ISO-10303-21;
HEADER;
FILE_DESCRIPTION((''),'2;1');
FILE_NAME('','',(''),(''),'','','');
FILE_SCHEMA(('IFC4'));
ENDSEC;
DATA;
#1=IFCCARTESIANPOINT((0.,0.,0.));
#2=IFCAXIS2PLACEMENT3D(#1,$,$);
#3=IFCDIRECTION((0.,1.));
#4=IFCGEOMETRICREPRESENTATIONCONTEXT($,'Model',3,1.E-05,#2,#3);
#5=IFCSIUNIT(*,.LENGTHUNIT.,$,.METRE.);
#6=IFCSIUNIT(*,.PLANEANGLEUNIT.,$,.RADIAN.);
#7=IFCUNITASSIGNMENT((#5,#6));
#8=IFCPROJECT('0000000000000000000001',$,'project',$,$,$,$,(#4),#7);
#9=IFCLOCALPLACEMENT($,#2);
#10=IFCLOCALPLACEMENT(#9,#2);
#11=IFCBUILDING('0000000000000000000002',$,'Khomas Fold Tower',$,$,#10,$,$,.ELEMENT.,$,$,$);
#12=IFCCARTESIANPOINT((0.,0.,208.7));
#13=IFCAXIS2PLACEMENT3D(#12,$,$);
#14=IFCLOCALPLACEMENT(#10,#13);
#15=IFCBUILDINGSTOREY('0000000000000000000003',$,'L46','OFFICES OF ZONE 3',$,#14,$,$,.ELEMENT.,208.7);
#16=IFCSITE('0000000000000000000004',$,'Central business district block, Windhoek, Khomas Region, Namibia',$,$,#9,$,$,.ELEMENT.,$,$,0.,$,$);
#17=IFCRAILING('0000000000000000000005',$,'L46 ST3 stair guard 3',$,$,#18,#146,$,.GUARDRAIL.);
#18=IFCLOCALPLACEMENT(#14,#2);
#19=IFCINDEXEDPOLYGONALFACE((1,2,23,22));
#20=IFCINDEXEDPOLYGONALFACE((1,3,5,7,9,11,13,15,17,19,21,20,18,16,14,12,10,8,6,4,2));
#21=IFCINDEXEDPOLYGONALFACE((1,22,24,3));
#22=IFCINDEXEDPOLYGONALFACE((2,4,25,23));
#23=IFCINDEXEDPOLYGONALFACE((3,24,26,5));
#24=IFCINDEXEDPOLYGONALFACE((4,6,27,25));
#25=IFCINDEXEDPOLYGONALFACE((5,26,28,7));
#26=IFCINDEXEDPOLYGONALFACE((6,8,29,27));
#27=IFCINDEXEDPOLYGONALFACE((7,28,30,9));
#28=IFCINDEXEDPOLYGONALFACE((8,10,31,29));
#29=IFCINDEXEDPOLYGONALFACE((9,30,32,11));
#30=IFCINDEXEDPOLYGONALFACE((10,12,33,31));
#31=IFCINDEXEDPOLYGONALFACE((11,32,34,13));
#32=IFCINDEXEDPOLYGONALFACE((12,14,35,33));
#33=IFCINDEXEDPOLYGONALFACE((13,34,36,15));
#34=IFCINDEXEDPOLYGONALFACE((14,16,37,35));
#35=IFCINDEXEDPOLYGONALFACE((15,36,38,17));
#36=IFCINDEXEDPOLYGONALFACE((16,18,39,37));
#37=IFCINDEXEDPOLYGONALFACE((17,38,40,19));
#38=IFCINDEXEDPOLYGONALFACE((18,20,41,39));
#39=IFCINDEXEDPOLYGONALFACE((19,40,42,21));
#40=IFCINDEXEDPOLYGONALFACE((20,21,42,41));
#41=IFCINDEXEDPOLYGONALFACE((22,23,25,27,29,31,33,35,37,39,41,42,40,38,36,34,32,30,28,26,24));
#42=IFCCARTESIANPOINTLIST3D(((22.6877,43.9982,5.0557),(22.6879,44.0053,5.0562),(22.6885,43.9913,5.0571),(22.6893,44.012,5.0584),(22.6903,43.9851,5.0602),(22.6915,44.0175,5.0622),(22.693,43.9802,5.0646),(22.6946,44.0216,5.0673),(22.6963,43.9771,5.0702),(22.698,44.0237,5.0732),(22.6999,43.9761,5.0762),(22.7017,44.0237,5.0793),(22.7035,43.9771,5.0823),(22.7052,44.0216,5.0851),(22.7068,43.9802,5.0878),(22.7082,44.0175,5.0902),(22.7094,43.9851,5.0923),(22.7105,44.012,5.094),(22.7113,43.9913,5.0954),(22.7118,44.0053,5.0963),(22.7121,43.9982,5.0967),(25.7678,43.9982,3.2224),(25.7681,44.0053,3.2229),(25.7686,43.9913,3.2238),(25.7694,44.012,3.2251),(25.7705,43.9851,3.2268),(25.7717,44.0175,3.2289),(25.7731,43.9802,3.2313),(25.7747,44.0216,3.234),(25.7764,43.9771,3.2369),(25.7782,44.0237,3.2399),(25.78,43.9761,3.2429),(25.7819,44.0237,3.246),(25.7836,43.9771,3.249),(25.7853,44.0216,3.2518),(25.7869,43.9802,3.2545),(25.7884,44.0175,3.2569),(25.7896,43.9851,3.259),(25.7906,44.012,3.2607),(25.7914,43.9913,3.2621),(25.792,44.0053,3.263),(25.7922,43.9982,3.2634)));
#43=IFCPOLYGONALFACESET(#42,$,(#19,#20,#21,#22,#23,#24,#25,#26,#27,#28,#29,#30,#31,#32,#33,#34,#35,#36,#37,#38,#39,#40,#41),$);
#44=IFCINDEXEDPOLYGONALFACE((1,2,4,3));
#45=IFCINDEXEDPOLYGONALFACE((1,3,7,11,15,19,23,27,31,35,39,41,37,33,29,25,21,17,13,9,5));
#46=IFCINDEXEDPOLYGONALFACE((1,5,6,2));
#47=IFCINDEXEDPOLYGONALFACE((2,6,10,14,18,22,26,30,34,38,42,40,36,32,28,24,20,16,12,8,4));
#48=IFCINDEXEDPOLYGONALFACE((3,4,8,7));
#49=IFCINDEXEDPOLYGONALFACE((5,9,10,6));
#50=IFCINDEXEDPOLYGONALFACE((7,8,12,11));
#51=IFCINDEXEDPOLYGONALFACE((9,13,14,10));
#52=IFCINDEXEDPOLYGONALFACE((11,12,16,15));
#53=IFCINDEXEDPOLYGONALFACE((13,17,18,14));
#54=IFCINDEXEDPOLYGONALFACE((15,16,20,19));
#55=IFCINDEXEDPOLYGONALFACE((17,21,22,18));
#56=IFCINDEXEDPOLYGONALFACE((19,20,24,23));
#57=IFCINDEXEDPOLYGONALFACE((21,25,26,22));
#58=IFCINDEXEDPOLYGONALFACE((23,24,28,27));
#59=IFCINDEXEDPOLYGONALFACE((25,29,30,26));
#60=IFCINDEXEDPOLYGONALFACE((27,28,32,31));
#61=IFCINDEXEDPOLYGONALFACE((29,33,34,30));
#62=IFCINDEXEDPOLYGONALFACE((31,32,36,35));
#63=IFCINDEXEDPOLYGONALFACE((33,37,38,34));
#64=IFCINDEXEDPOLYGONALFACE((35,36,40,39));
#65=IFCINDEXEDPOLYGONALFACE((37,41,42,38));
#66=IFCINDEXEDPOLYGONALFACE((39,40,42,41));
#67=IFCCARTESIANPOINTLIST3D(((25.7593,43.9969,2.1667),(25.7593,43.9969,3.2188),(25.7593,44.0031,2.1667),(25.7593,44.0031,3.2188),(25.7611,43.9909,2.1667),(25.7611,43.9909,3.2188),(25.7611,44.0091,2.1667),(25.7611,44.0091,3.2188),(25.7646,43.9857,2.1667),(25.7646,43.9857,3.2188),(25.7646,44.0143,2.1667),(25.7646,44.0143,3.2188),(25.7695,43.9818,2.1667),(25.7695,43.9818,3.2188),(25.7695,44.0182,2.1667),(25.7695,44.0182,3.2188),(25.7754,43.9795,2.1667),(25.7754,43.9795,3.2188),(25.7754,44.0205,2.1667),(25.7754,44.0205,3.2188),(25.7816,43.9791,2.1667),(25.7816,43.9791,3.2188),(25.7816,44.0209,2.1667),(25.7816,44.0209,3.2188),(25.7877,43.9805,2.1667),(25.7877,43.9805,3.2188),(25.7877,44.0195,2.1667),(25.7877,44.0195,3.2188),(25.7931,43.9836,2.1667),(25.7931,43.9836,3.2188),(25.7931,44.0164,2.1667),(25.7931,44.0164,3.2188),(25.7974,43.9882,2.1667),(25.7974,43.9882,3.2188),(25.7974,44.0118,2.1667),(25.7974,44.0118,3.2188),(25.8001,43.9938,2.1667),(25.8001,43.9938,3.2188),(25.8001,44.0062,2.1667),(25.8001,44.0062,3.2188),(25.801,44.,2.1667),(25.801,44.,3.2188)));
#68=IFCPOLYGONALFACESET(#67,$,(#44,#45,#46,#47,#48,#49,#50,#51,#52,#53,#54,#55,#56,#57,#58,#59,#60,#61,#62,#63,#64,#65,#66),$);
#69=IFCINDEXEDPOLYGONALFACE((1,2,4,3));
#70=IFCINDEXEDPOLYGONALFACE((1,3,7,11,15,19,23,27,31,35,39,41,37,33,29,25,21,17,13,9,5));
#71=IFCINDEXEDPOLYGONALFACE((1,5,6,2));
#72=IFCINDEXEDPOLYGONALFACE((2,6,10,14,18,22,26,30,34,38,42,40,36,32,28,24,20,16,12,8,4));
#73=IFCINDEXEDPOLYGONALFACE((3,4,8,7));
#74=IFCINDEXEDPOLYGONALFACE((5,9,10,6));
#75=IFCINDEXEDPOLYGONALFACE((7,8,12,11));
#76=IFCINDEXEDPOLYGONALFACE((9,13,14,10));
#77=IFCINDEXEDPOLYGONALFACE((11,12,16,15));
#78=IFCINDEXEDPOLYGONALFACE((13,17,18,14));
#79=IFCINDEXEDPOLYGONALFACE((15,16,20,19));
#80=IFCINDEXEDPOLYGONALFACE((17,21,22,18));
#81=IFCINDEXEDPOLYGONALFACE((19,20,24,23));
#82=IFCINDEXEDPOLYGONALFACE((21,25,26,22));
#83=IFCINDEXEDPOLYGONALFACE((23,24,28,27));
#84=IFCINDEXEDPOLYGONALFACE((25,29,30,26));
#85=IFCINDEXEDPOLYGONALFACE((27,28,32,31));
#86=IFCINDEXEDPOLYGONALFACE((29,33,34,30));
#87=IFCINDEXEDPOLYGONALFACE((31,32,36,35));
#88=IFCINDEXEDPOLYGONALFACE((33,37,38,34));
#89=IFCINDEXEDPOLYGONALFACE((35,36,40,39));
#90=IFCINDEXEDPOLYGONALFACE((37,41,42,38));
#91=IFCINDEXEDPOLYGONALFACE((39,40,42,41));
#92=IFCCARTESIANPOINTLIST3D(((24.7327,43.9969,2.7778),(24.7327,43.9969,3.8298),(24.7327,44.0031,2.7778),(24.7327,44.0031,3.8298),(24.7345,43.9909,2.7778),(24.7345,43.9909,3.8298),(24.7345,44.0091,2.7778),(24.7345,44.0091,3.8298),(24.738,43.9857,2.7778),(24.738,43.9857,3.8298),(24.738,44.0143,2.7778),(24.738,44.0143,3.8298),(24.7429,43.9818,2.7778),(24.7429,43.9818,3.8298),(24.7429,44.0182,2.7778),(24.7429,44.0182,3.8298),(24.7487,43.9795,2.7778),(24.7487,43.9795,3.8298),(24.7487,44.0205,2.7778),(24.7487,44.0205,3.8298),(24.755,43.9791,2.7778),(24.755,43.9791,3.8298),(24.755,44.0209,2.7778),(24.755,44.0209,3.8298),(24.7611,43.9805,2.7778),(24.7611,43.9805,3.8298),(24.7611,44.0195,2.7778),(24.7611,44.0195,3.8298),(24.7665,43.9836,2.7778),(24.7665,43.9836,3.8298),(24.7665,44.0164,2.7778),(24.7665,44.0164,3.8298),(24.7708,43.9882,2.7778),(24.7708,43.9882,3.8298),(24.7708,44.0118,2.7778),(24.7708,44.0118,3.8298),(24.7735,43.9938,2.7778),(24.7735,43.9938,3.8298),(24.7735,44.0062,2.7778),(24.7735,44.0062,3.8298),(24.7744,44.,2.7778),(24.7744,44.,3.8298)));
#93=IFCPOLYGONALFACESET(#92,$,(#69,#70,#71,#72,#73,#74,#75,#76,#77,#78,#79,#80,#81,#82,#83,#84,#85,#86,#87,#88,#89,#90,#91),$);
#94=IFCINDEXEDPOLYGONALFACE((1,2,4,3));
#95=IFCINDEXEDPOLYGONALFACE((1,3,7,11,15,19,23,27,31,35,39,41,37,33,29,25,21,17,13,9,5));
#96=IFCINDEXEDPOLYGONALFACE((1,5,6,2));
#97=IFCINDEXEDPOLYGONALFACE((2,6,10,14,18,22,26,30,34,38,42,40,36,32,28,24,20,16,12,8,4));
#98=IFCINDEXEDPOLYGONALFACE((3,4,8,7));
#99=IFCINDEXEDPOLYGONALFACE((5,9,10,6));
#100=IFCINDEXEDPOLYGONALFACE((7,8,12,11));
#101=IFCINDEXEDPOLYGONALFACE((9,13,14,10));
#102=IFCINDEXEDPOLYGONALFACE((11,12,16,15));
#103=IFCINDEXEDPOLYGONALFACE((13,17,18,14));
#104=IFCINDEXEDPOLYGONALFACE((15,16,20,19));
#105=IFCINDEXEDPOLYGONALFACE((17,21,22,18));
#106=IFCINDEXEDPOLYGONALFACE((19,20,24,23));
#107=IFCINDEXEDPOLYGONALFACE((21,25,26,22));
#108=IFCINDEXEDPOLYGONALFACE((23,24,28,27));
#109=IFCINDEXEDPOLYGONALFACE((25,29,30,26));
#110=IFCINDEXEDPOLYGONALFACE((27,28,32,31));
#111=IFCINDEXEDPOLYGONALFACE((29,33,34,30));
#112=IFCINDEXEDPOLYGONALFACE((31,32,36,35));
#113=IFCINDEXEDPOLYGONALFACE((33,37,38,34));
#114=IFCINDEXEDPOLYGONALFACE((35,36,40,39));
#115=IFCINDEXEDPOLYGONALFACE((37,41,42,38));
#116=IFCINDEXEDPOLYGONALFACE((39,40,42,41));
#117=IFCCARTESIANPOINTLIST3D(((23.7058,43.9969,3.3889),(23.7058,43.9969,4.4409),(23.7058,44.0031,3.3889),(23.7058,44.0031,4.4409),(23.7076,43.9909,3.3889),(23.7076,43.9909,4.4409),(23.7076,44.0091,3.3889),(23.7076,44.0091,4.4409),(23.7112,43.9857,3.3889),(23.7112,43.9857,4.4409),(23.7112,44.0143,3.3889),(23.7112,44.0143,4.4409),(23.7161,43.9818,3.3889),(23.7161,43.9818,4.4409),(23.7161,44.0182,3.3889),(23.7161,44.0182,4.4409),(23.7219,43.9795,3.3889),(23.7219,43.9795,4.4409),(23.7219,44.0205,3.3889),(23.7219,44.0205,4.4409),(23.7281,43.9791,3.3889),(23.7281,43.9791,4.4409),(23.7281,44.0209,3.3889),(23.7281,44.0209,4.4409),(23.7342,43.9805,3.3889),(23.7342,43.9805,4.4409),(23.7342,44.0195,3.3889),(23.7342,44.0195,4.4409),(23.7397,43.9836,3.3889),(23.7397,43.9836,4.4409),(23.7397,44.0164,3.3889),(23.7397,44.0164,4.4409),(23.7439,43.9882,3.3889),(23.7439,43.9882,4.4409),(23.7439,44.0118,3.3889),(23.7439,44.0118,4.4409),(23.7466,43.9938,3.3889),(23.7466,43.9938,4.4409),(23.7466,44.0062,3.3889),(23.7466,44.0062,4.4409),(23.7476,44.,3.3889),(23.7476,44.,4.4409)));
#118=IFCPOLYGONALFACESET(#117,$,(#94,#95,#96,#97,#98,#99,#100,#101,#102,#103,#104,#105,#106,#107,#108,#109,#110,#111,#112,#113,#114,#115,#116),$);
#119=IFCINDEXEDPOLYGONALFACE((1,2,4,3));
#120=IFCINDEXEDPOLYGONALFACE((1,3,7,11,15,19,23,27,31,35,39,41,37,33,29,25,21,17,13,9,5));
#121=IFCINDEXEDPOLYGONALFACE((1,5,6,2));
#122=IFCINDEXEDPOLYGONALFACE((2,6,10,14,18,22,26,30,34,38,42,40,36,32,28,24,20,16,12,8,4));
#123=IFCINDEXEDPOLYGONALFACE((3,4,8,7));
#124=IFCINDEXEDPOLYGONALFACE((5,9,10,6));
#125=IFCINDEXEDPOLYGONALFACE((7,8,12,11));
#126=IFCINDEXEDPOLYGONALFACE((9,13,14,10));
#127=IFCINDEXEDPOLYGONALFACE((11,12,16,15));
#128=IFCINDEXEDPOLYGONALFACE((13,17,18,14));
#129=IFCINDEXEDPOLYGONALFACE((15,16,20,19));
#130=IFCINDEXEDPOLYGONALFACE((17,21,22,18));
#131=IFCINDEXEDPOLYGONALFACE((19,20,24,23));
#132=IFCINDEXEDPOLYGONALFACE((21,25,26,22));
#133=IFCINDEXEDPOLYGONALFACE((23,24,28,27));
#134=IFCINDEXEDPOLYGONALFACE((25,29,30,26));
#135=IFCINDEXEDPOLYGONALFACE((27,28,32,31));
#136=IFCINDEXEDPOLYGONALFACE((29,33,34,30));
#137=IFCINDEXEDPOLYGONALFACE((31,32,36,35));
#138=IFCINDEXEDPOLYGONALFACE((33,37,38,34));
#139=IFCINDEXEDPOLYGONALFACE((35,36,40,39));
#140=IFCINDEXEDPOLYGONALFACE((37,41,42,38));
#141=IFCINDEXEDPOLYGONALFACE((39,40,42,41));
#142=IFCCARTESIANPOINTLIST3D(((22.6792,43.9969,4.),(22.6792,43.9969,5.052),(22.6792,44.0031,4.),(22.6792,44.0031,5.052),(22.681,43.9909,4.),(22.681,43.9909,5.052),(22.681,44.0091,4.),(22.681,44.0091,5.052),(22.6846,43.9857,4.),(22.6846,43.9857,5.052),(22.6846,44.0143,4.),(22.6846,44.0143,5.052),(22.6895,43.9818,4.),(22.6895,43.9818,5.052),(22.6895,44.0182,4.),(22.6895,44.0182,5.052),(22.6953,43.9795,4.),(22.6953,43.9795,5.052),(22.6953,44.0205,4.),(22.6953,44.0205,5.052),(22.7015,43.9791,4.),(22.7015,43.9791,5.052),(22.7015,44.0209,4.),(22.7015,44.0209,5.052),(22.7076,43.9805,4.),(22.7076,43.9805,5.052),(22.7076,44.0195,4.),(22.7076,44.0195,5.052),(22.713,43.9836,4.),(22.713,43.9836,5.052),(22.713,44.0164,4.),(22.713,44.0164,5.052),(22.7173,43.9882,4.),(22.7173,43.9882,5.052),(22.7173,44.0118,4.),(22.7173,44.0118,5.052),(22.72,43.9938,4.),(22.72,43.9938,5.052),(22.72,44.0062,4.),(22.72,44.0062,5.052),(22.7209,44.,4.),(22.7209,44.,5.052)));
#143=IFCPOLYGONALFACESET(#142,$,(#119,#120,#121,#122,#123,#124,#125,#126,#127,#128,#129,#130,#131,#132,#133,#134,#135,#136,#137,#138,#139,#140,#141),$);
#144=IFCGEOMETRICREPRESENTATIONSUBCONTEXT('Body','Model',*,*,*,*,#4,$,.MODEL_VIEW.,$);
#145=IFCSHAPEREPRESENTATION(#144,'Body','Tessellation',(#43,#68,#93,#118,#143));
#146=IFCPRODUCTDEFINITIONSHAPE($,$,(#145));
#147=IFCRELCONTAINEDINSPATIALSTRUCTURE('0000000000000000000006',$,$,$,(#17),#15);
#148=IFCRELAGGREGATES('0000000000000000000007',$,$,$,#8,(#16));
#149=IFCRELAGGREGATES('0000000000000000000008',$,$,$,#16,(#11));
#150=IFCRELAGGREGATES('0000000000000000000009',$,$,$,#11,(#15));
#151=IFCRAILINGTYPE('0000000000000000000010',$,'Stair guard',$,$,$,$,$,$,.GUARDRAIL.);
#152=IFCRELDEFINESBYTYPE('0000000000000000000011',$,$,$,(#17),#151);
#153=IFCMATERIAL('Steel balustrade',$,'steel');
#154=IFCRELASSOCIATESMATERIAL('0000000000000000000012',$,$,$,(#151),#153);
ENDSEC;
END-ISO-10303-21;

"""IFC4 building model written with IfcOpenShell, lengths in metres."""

from ifc_helpers import new_model, si_unit, direction, frame, origin, origin_2d, place, context, subcontext, project, spatial, circle, extrude, source, transform, mapped, material, type_object, element, save


model = new_model("IFC4")

# Units and contexts
model_context = context("Model", 3, precision=1e-05, world=origin(), true_north=direction((0.0, 1.0)))
body_context = subcontext(model_context, "Body", "Model", "MODEL_VIEW")
ifc_project = project(units=[si_unit("LENGTHUNIT", "METRE"), si_unit("PLANEANGLEUNIT", "RADIAN")], contexts=[model_context])

# Site, building, storey
site_placement = place(None, origin())
site = spatial("IfcSite", under=ifc_project, at=site_placement, Name="Central business district block, Windhoek, Khomas Region, Namibia", CompositionType="ELEMENT", RefElevation=0.0)
building_placement = place(site_placement, origin())
building = spatial("IfcBuilding", under=site, at=building_placement, Name="Khomas Fold Tower", CompositionType="ELEMENT")
storey_placement = place(building_placement, frame((0.0, 0.0, 208.7)))
storey = spatial("IfcBuildingStorey", under=building, at=storey_placement, Name="L46", Description="OFFICES OF ZONE 3", CompositionType="ELEMENT", Elevation=208.7)

# Railing
ifc_material_1 = material(Name="Steel balustrade", Category="steel")
railing_type_1 = type_object("IfcRailingType", Name="Stair guard", PredefinedType="GUARDRAIL", material=ifc_material_1)
shared_shape_1 = source(origin(), body_context, "Body", "SweptSolid", [
    extrude(circle(Radius=0.0239, at=origin_2d()), frame((0.0, 0.0, 1.0762), z_axis=(-0.859309, 0.0, 0.511458), x_axis=(0.0, -1.0, 0.0)), (0.0, 0.0, 1.0), 3.5845),
    extrude(circle(Radius=0.021, at=origin_2d()), origin(), (0.0, 0.0, 1.0), 1.052),
    extrude(circle(Radius=0.021, at=origin_2d()), frame((-1.0266, 0.0, 0.6111)), (0.0, 0.0, 1.0), 1.052),
    extrude(circle(Radius=0.021, at=origin_2d()), frame((-2.0535, 0.0, 1.2222)), (0.0, 0.0, 1.0), 1.052),
    extrude(circle(Radius=0.021, at=origin_2d()), frame((-3.0801, 0.0, 1.8333)), (0.0, 0.0, 1.0), 1.052),
])
railing_1_placement = place(storey_placement, frame((25.78, 44.0, 2.1667)))
element("IfcRailing", 1, at=railing_1_placement, inside=storey, type_object=railing_type_1, Name="L46 ST3 stair guard 3", PredefinedType="GUARDRAIL", context=body_context, shape_type="MappedRepresentation", body=[
    mapped(shared_shape_1, transform((0.0, 0.0, 0.0))),
])

save(model, "model.ifc")
